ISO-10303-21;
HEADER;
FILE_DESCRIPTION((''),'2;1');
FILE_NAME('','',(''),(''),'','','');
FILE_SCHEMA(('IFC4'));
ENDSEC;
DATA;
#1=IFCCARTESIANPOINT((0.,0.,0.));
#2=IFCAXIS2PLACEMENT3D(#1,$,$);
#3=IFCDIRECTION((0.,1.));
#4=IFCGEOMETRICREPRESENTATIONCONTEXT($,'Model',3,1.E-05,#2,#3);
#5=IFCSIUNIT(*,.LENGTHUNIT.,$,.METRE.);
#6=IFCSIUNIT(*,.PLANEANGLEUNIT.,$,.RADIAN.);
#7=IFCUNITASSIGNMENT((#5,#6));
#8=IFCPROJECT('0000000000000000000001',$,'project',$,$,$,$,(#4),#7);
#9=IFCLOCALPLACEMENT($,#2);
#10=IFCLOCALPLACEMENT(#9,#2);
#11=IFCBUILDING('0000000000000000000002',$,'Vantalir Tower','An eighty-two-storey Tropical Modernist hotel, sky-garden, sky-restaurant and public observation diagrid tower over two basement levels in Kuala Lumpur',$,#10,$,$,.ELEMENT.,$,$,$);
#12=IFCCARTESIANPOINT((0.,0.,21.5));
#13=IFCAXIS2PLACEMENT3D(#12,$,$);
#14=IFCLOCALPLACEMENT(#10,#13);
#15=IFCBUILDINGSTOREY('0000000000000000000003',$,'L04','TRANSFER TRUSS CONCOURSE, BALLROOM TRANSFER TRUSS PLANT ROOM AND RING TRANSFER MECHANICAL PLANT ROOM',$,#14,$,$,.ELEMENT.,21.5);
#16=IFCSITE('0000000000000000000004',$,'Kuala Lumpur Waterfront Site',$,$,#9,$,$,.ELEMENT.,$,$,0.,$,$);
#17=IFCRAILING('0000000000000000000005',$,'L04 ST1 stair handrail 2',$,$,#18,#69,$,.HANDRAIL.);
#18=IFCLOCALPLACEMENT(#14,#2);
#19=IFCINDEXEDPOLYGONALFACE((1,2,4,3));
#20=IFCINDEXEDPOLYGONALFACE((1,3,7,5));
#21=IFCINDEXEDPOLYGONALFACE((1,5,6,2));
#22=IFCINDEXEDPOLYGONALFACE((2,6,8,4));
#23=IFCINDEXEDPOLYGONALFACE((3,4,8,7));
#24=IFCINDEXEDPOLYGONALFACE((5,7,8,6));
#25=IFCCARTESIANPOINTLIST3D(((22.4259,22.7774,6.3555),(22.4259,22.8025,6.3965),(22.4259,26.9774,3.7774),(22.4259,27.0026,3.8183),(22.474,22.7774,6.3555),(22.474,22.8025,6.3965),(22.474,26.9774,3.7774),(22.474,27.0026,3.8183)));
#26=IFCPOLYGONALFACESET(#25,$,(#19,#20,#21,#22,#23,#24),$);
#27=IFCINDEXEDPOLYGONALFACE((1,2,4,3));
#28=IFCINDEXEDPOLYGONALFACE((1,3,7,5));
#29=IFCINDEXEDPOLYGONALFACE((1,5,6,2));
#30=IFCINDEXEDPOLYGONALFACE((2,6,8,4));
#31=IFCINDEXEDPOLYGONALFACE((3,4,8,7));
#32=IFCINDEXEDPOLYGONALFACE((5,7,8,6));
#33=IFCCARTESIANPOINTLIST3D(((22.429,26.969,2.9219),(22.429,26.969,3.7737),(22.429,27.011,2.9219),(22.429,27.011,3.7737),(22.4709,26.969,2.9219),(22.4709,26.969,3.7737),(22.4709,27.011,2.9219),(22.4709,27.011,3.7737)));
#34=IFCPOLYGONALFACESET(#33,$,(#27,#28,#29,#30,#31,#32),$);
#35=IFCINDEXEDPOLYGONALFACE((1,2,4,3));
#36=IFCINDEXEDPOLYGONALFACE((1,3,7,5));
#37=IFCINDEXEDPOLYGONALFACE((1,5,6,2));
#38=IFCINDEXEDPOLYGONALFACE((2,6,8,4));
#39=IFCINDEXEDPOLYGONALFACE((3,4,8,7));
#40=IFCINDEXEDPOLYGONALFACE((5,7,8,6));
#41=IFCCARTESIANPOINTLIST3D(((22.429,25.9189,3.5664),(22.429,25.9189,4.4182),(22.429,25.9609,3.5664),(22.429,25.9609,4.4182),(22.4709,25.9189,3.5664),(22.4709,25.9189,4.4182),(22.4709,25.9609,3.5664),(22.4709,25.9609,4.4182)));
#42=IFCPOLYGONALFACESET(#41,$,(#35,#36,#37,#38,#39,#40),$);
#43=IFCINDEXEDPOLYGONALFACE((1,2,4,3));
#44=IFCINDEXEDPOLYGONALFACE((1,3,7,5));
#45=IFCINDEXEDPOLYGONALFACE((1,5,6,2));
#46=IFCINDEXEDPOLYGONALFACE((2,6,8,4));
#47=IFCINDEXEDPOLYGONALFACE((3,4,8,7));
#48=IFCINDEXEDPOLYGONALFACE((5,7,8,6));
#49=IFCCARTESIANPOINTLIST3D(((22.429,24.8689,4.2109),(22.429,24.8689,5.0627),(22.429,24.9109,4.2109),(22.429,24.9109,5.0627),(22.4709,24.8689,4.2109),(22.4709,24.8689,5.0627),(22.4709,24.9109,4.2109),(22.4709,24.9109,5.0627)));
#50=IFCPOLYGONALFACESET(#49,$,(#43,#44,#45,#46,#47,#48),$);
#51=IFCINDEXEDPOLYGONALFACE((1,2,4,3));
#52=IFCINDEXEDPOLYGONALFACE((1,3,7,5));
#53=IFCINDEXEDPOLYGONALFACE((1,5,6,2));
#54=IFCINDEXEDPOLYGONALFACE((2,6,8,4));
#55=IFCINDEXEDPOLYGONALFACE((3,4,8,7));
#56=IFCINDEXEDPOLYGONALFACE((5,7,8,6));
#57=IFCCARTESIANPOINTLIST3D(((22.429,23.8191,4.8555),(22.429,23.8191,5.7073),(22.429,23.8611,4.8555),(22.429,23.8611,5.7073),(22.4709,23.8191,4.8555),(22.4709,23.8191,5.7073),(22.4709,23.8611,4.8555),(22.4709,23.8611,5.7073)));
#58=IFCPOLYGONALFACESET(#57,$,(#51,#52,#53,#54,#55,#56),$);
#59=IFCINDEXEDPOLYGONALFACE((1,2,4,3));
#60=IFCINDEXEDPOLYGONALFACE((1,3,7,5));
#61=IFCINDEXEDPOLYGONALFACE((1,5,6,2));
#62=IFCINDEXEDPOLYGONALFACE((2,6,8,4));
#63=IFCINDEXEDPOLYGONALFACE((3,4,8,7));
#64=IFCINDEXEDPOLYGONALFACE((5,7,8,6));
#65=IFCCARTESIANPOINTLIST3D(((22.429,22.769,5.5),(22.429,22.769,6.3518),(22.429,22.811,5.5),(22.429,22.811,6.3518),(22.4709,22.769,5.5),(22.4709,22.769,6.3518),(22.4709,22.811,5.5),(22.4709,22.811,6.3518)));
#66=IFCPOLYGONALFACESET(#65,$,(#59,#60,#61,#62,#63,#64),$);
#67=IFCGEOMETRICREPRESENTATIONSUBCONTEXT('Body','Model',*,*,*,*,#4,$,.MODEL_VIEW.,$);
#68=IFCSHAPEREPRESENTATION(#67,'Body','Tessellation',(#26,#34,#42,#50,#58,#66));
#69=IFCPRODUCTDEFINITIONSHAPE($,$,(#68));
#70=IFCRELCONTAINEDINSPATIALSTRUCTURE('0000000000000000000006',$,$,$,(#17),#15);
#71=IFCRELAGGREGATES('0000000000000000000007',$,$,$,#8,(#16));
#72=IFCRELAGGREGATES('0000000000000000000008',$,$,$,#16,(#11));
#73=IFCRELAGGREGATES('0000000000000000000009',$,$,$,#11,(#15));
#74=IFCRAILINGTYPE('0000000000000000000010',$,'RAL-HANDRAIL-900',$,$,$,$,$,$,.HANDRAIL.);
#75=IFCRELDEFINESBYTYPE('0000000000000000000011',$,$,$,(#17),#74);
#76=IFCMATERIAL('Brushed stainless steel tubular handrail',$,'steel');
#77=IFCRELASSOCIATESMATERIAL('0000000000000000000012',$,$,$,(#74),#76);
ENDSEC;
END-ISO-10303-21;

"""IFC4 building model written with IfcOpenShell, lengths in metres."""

from ifc_helpers import new_model, si_unit, direction, frame, origin, origin_2d, place, context, subcontext, project, spatial, rectangle, extrude, material, type_object, element, save


model = new_model("IFC4")

# Units and contexts
model_context = context("Model", 3, precision=1e-05, world=origin(), true_north=direction((0.0, 1.0)))
body_context = subcontext(model_context, "Body", "Model", "MODEL_VIEW")
ifc_project = project(units=[si_unit("LENGTHUNIT", "METRE"), si_unit("PLANEANGLEUNIT", "RADIAN")], contexts=[model_context])

# Site, building, storey
site_placement = place(None, origin())
site = spatial("IfcSite", under=ifc_project, at=site_placement, Name="Kuala Lumpur Waterfront Site", CompositionType="ELEMENT", RefElevation=0.0)
building_placement = place(site_placement, origin())
building = spatial("IfcBuilding", under=site, at=building_placement, Name="Vantalir Tower", Description="An eighty-two-storey Tropical Modernist hotel, sky-garden, sky-restaurant and public observation diagrid tower over two basement levels in Kuala Lumpur", CompositionType="ELEMENT")
storey_placement = place(building_placement, frame((0.0, 0.0, 21.5)))
storey = spatial("IfcBuildingStorey", under=building, at=storey_placement, Name="L04", Description="TRANSFER TRUSS CONCOURSE, BALLROOM TRANSFER TRUSS PLANT ROOM AND RING TRANSFER MECHANICAL PLANT ROOM", CompositionType="ELEMENT", Elevation=21.5)

# Railing
ifc_material_1 = material(Name="Brushed stainless steel tubular handrail", Category="steel")
railing_type_1 = type_object("IfcRailingType", Name="RAL-HANDRAIL-900", PredefinedType="HANDRAIL", material=ifc_material_1)
railing_1_placement = place(storey_placement, frame((22.45, 26.99, 2.9219)))
element("IfcRailing", 1, at=railing_1_placement, inside=storey, type_object=railing_type_1, Name="L04 ST1 stair handrail 2", PredefinedType="HANDRAIL", context=body_context, shape_type="SweptSolid", body=[
    extrude(rectangle(XDim=0.0481, YDim=0.0481, at=origin_2d()), frame((0.0, 0.0, 0.876), z_axis=(0.0, -0.852243, 0.523146), x_axis=(1.0, 0.0, 0.0)), (0.0, 0.0, 1.0), 4.9282),
    extrude(rectangle(XDim=0.042, YDim=0.042, at=origin_2d()), origin(), (0.0, 0.0, 1.0), 0.8518),
    extrude(rectangle(XDim=0.042, YDim=0.042, at=origin_2d()), frame((0.0, -1.05, 0.6445)), (0.0, 0.0, 1.0), 0.8518),
    extrude(rectangle(XDim=0.042, YDim=0.042, at=origin_2d()), frame((0.0, -2.1001, 1.2891)), (0.0, 0.0, 1.0), 0.8518),
    extrude(rectangle(XDim=0.042, YDim=0.042, at=origin_2d()), frame((0.0, -3.1499, 1.9336)), (0.0, 0.0, 1.0), 0.8518),
    extrude(rectangle(XDim=0.042, YDim=0.042, at=origin_2d()), frame((0.0, -4.2, 2.5781)), (0.0, 0.0, 1.0), 0.8518),
])

save(model, "model.ifc")
